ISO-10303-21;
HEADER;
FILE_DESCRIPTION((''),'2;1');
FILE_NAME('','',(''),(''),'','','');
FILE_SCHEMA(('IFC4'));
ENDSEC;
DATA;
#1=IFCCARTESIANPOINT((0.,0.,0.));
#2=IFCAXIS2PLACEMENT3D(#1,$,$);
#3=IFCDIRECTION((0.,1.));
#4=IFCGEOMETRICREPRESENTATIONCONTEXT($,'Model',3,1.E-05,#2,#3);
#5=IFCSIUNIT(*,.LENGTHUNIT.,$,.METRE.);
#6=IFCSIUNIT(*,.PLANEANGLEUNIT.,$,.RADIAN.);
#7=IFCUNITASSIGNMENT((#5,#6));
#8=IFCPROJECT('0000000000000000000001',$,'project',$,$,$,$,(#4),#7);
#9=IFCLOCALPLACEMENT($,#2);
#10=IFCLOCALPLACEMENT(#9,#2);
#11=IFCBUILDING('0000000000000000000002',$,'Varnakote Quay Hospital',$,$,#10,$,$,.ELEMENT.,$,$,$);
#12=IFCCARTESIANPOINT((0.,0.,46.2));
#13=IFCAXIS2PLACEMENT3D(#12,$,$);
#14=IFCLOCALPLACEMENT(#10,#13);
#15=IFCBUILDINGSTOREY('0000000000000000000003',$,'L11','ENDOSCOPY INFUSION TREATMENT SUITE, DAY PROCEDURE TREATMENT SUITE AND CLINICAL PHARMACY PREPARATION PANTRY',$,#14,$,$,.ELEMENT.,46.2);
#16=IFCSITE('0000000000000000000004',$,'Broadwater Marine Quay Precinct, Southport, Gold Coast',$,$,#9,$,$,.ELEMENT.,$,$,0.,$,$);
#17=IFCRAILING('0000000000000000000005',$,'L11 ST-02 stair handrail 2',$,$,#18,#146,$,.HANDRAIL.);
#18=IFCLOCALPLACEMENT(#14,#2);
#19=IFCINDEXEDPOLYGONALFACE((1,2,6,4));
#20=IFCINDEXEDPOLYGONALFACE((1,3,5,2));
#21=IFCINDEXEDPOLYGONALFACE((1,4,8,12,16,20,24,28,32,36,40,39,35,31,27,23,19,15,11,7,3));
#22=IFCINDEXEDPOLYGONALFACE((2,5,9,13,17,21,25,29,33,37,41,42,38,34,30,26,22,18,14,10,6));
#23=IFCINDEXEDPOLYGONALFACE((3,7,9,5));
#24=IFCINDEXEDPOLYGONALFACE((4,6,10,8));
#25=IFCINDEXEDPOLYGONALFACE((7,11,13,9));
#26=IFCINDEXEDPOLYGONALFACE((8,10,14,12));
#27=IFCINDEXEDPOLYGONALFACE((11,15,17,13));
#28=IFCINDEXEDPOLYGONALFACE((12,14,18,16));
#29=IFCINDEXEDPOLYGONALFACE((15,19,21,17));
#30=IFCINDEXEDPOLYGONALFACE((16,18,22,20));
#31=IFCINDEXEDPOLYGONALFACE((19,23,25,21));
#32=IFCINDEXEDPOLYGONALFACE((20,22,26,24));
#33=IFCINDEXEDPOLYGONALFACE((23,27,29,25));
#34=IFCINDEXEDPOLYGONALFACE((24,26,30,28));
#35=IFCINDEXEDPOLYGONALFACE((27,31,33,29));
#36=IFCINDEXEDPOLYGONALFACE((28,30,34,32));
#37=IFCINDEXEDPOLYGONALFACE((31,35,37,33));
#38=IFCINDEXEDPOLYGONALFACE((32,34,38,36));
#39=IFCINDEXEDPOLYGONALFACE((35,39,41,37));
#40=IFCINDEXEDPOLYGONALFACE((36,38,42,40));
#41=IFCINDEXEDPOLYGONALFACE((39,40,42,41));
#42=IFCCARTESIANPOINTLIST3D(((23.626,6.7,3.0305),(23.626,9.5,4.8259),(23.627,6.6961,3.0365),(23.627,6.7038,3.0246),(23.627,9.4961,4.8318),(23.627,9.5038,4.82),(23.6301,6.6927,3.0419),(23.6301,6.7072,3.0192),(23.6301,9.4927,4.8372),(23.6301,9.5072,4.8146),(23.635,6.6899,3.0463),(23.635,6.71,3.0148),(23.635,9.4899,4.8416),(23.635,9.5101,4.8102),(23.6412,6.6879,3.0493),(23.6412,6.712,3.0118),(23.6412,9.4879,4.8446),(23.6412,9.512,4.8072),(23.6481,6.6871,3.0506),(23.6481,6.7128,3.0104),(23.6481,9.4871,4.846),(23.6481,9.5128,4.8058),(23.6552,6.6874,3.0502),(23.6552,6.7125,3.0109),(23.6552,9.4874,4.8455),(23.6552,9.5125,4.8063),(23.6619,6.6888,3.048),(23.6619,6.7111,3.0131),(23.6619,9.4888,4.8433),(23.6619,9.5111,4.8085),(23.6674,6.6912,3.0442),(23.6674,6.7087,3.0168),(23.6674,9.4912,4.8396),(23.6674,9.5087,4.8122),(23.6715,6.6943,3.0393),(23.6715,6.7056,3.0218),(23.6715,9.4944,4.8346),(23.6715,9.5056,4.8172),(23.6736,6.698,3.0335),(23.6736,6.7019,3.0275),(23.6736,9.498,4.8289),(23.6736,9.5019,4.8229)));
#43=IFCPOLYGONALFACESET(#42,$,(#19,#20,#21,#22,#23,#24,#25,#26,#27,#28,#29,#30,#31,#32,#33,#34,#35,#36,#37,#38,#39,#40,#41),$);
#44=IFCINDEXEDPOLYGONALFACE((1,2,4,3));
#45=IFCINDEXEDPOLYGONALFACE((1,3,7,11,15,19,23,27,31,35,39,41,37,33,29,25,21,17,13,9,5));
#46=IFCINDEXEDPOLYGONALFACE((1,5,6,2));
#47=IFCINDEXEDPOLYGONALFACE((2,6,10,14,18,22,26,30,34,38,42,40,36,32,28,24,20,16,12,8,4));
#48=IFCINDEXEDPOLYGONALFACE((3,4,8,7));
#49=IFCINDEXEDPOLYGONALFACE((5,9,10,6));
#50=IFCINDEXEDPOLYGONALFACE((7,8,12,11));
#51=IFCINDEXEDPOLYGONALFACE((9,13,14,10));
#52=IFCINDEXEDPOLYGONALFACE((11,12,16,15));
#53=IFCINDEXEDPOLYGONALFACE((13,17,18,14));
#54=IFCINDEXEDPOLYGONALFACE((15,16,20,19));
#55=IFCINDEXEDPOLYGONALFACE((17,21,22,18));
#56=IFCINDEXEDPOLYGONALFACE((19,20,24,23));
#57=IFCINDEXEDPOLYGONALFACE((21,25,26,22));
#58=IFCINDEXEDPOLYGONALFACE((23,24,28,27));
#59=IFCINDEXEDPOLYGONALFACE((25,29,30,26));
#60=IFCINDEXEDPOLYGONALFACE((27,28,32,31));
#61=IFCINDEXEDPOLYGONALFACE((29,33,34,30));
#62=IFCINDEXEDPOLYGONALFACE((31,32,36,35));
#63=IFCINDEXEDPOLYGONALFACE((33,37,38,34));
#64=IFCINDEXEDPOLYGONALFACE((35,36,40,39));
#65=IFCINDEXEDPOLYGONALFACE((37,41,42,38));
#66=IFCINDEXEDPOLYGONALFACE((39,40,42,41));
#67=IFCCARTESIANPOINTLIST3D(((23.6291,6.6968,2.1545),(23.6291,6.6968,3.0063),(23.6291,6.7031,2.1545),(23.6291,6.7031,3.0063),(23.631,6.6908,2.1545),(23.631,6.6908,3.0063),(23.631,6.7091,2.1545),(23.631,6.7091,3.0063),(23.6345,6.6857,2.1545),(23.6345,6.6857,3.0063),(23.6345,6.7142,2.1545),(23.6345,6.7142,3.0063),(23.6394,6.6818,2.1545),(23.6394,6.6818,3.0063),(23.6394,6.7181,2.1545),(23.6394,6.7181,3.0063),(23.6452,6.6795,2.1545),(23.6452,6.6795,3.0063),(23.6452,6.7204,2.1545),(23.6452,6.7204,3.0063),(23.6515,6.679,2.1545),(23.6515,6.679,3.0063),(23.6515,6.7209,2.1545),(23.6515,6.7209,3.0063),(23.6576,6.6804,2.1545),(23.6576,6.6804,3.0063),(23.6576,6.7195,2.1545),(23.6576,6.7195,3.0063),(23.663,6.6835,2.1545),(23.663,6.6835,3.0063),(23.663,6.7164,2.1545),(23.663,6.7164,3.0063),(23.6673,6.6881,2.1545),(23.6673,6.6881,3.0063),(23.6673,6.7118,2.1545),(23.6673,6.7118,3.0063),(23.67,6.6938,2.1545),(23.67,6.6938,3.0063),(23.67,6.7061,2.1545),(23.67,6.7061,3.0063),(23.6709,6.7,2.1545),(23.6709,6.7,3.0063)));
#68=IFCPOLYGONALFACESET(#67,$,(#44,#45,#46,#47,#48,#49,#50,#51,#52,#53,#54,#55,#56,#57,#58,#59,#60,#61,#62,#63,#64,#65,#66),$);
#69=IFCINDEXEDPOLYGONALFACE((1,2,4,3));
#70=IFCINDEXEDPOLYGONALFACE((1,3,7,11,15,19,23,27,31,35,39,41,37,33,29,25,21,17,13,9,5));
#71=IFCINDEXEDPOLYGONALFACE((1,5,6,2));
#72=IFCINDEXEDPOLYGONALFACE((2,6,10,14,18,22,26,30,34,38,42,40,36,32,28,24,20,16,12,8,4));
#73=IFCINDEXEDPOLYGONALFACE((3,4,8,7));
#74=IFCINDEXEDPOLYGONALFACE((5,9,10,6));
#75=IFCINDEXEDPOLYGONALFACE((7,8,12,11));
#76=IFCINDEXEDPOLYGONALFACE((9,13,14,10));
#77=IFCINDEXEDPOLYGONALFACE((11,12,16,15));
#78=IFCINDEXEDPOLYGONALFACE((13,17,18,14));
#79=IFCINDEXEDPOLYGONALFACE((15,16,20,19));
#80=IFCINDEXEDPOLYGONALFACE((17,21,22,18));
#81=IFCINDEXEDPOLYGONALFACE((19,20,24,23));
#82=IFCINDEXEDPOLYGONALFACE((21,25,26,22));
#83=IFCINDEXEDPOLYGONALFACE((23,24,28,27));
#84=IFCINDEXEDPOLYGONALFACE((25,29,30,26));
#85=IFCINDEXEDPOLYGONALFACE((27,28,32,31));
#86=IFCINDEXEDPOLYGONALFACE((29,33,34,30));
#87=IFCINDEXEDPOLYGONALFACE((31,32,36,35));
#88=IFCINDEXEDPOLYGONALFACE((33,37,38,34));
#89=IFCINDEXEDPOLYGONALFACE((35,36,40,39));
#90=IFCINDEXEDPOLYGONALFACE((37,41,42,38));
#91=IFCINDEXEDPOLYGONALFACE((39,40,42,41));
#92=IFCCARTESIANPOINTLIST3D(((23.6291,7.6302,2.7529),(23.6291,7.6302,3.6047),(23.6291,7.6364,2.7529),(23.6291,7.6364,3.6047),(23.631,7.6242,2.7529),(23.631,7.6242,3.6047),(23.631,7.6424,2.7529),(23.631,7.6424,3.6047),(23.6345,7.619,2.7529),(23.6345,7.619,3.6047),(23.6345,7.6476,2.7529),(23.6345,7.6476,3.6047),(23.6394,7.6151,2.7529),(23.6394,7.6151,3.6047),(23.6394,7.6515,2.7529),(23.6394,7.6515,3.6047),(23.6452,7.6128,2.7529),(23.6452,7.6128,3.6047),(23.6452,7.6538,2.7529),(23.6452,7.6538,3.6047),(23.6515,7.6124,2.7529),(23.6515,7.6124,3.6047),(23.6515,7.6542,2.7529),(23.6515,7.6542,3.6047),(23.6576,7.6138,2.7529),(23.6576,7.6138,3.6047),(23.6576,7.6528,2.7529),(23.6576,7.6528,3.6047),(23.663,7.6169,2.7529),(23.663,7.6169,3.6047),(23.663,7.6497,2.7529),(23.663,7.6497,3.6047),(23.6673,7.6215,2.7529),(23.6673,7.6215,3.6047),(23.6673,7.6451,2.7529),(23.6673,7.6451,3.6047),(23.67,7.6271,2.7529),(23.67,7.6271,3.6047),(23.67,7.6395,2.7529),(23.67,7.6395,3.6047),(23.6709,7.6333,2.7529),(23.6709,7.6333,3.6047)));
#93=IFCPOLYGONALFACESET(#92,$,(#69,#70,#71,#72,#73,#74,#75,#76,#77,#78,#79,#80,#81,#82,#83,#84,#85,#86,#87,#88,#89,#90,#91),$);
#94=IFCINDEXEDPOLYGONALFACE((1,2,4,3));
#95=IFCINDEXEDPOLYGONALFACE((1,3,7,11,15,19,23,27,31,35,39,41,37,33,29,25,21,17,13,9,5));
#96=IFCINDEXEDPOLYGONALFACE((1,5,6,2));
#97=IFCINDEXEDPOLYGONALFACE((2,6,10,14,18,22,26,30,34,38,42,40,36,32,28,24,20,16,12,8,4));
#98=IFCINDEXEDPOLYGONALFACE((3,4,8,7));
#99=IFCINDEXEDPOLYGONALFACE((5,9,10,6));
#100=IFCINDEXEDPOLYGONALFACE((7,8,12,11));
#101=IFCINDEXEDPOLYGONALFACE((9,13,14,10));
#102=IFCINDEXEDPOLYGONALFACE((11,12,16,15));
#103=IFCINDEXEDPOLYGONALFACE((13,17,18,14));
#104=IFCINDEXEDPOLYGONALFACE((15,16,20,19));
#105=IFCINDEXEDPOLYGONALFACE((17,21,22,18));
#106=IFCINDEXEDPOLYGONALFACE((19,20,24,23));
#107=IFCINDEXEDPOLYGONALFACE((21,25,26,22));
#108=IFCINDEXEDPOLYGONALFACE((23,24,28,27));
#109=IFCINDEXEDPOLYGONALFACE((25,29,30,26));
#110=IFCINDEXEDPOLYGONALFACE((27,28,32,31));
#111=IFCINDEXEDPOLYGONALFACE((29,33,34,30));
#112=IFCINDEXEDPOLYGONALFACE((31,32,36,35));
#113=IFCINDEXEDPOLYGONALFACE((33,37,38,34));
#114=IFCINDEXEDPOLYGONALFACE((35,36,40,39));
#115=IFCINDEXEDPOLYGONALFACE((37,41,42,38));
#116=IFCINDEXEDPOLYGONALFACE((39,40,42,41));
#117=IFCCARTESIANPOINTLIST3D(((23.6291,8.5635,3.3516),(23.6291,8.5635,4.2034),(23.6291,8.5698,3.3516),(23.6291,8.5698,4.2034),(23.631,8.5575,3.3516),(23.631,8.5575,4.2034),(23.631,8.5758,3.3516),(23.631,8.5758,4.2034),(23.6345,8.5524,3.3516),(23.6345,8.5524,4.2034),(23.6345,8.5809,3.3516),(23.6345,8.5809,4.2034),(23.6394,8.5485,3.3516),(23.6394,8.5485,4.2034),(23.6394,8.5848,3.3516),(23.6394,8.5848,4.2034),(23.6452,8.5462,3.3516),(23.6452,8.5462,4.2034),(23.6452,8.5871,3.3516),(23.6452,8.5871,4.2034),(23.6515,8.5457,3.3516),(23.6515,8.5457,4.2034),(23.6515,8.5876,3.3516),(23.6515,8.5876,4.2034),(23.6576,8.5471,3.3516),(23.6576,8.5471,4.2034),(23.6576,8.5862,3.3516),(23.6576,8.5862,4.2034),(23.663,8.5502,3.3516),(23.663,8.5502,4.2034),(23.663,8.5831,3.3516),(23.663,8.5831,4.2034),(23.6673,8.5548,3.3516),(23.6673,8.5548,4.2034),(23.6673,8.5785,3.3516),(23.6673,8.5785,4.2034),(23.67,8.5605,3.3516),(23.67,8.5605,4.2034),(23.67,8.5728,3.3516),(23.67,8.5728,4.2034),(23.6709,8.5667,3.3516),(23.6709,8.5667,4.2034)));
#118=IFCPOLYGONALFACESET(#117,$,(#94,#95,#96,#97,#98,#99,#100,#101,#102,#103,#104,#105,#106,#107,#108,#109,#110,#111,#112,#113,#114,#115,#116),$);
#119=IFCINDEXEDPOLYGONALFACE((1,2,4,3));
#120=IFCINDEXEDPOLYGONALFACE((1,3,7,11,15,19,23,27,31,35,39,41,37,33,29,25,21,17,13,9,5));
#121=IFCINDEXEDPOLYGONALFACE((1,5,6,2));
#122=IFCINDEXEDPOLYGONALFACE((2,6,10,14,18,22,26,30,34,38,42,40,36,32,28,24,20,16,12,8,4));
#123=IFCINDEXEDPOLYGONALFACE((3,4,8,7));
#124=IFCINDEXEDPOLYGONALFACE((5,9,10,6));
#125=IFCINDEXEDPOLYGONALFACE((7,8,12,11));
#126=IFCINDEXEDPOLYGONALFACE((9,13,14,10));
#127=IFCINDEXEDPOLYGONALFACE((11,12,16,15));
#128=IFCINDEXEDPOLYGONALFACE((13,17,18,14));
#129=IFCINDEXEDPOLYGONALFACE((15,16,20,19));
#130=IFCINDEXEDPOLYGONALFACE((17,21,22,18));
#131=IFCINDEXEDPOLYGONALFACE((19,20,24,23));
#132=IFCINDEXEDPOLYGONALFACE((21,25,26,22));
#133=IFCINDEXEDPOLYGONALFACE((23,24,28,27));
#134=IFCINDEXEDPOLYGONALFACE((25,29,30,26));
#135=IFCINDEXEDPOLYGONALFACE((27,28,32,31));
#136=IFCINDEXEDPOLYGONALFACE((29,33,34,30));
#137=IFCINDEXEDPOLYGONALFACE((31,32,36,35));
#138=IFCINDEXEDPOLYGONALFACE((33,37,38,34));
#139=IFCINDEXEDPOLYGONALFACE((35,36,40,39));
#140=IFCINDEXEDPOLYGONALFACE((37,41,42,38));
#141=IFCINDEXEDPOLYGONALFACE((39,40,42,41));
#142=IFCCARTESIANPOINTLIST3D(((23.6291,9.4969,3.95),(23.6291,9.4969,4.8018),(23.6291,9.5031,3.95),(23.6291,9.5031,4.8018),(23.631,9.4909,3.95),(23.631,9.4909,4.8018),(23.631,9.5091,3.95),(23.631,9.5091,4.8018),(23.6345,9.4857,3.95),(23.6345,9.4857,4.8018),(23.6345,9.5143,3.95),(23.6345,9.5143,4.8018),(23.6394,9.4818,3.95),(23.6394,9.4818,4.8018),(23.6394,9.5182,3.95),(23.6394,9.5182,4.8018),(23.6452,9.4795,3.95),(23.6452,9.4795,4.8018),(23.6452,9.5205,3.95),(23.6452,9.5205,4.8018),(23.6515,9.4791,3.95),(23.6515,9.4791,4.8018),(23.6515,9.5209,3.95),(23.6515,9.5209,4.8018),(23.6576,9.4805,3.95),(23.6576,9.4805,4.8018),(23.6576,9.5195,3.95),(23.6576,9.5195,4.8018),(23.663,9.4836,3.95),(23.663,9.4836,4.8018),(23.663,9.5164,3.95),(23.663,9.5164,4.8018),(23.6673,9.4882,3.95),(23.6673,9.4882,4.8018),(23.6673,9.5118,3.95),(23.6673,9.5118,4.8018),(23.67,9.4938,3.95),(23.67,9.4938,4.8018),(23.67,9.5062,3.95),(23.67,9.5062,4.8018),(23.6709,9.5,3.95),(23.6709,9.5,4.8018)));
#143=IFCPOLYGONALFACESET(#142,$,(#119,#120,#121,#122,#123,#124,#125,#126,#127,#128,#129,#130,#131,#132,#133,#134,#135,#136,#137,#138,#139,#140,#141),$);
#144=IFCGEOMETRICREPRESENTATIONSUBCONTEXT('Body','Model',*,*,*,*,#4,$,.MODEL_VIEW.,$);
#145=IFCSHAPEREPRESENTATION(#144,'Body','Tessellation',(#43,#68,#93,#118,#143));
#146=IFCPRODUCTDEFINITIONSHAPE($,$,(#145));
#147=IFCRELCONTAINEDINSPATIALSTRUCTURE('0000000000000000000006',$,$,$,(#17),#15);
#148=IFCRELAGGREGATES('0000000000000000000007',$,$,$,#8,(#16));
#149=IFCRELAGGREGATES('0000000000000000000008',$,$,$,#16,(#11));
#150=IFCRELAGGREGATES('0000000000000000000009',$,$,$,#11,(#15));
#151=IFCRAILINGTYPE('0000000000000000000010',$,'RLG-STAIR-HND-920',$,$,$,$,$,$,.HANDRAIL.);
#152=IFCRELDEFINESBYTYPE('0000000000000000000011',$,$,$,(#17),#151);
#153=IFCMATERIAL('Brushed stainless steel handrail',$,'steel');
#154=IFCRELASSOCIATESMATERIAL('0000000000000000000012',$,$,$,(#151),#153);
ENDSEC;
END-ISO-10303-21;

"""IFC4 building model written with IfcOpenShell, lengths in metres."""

from ifc_helpers import new_model, si_unit, direction, frame, origin, origin_2d, place, context, subcontext, project, spatial, circle, extrude, material, type_object, element, save


model = new_model("IFC4")

# Units and contexts
model_context = context("Model", 3, precision=1e-05, world=origin(), true_north=direction((0.0, 1.0)))
body_context = subcontext(model_context, "Body", "Model", "MODEL_VIEW")
ifc_project = project(units=[si_unit("LENGTHUNIT", "METRE"), si_unit("PLANEANGLEUNIT", "RADIAN")], contexts=[model_context])

# Site, building, storey
site_placement = place(None, origin())
site = spatial("IfcSite", under=ifc_project, at=site_placement, Name="Broadwater Marine Quay Precinct, Southport, Gold Coast", CompositionType="ELEMENT", RefElevation=0.0)
building_placement = place(site_placement, origin())
building = spatial("IfcBuilding", under=site, at=building_placement, Name="Varnakote Quay Hospital", CompositionType="ELEMENT")
storey_placement = place(building_placement, frame((0.0, 0.0, 46.2)))
storey = spatial("IfcBuildingStorey", under=building, at=storey_placement, Name="L11", Description="ENDOSCOPY INFUSION TREATMENT SUITE, DAY PROCEDURE TREATMENT SUITE AND CLINICAL PHARMACY PREPARATION PANTRY", CompositionType="ELEMENT", Elevation=46.2)

# Railing
ifc_material_1 = material(Name="Brushed stainless steel handrail", Category="steel")
railing_type_1 = type_object("IfcRailingType", Name="RLG-STAIR-HND-920", PredefinedType="HANDRAIL", material=ifc_material_1)
railing_1_placement = place(storey_placement, frame((23.6499, 6.7, 2.1545)))
element("IfcRailing", 1, at=railing_1_placement, inside=storey, type_object=railing_type_1, Name="L11 ST-02 stair handrail 2", PredefinedType="HANDRAIL", context=body_context, shape_type="SweptSolid", body=[
    extrude(circle(Radius=0.0239, at=origin_2d()), frame((0.0, 0.0, 0.876), z_axis=(0.0, 0.84181, 0.539774), x_axis=(-1.0, 0.0, 0.0)), (0.0, 0.0, 1.0), 3.3262),
    extrude(circle(Radius=0.021, at=origin_2d()), origin(), (0.0, 0.0, 1.0), 0.8518),
    extrude(circle(Radius=0.021, at=origin_2d()), frame((0.0, 0.9333, 0.5984)), (0.0, 0.0, 1.0), 0.8518),
    extrude(circle(Radius=0.021, at=origin_2d()), frame((0.0, 1.8667, 1.197)), (0.0, 0.0, 1.0), 0.8518),
    extrude(circle(Radius=0.021, at=origin_2d()), frame((0.0, 2.8, 1.7954)), (0.0, 0.0, 1.0), 0.8518),
])

save(model, "model.ifc")
